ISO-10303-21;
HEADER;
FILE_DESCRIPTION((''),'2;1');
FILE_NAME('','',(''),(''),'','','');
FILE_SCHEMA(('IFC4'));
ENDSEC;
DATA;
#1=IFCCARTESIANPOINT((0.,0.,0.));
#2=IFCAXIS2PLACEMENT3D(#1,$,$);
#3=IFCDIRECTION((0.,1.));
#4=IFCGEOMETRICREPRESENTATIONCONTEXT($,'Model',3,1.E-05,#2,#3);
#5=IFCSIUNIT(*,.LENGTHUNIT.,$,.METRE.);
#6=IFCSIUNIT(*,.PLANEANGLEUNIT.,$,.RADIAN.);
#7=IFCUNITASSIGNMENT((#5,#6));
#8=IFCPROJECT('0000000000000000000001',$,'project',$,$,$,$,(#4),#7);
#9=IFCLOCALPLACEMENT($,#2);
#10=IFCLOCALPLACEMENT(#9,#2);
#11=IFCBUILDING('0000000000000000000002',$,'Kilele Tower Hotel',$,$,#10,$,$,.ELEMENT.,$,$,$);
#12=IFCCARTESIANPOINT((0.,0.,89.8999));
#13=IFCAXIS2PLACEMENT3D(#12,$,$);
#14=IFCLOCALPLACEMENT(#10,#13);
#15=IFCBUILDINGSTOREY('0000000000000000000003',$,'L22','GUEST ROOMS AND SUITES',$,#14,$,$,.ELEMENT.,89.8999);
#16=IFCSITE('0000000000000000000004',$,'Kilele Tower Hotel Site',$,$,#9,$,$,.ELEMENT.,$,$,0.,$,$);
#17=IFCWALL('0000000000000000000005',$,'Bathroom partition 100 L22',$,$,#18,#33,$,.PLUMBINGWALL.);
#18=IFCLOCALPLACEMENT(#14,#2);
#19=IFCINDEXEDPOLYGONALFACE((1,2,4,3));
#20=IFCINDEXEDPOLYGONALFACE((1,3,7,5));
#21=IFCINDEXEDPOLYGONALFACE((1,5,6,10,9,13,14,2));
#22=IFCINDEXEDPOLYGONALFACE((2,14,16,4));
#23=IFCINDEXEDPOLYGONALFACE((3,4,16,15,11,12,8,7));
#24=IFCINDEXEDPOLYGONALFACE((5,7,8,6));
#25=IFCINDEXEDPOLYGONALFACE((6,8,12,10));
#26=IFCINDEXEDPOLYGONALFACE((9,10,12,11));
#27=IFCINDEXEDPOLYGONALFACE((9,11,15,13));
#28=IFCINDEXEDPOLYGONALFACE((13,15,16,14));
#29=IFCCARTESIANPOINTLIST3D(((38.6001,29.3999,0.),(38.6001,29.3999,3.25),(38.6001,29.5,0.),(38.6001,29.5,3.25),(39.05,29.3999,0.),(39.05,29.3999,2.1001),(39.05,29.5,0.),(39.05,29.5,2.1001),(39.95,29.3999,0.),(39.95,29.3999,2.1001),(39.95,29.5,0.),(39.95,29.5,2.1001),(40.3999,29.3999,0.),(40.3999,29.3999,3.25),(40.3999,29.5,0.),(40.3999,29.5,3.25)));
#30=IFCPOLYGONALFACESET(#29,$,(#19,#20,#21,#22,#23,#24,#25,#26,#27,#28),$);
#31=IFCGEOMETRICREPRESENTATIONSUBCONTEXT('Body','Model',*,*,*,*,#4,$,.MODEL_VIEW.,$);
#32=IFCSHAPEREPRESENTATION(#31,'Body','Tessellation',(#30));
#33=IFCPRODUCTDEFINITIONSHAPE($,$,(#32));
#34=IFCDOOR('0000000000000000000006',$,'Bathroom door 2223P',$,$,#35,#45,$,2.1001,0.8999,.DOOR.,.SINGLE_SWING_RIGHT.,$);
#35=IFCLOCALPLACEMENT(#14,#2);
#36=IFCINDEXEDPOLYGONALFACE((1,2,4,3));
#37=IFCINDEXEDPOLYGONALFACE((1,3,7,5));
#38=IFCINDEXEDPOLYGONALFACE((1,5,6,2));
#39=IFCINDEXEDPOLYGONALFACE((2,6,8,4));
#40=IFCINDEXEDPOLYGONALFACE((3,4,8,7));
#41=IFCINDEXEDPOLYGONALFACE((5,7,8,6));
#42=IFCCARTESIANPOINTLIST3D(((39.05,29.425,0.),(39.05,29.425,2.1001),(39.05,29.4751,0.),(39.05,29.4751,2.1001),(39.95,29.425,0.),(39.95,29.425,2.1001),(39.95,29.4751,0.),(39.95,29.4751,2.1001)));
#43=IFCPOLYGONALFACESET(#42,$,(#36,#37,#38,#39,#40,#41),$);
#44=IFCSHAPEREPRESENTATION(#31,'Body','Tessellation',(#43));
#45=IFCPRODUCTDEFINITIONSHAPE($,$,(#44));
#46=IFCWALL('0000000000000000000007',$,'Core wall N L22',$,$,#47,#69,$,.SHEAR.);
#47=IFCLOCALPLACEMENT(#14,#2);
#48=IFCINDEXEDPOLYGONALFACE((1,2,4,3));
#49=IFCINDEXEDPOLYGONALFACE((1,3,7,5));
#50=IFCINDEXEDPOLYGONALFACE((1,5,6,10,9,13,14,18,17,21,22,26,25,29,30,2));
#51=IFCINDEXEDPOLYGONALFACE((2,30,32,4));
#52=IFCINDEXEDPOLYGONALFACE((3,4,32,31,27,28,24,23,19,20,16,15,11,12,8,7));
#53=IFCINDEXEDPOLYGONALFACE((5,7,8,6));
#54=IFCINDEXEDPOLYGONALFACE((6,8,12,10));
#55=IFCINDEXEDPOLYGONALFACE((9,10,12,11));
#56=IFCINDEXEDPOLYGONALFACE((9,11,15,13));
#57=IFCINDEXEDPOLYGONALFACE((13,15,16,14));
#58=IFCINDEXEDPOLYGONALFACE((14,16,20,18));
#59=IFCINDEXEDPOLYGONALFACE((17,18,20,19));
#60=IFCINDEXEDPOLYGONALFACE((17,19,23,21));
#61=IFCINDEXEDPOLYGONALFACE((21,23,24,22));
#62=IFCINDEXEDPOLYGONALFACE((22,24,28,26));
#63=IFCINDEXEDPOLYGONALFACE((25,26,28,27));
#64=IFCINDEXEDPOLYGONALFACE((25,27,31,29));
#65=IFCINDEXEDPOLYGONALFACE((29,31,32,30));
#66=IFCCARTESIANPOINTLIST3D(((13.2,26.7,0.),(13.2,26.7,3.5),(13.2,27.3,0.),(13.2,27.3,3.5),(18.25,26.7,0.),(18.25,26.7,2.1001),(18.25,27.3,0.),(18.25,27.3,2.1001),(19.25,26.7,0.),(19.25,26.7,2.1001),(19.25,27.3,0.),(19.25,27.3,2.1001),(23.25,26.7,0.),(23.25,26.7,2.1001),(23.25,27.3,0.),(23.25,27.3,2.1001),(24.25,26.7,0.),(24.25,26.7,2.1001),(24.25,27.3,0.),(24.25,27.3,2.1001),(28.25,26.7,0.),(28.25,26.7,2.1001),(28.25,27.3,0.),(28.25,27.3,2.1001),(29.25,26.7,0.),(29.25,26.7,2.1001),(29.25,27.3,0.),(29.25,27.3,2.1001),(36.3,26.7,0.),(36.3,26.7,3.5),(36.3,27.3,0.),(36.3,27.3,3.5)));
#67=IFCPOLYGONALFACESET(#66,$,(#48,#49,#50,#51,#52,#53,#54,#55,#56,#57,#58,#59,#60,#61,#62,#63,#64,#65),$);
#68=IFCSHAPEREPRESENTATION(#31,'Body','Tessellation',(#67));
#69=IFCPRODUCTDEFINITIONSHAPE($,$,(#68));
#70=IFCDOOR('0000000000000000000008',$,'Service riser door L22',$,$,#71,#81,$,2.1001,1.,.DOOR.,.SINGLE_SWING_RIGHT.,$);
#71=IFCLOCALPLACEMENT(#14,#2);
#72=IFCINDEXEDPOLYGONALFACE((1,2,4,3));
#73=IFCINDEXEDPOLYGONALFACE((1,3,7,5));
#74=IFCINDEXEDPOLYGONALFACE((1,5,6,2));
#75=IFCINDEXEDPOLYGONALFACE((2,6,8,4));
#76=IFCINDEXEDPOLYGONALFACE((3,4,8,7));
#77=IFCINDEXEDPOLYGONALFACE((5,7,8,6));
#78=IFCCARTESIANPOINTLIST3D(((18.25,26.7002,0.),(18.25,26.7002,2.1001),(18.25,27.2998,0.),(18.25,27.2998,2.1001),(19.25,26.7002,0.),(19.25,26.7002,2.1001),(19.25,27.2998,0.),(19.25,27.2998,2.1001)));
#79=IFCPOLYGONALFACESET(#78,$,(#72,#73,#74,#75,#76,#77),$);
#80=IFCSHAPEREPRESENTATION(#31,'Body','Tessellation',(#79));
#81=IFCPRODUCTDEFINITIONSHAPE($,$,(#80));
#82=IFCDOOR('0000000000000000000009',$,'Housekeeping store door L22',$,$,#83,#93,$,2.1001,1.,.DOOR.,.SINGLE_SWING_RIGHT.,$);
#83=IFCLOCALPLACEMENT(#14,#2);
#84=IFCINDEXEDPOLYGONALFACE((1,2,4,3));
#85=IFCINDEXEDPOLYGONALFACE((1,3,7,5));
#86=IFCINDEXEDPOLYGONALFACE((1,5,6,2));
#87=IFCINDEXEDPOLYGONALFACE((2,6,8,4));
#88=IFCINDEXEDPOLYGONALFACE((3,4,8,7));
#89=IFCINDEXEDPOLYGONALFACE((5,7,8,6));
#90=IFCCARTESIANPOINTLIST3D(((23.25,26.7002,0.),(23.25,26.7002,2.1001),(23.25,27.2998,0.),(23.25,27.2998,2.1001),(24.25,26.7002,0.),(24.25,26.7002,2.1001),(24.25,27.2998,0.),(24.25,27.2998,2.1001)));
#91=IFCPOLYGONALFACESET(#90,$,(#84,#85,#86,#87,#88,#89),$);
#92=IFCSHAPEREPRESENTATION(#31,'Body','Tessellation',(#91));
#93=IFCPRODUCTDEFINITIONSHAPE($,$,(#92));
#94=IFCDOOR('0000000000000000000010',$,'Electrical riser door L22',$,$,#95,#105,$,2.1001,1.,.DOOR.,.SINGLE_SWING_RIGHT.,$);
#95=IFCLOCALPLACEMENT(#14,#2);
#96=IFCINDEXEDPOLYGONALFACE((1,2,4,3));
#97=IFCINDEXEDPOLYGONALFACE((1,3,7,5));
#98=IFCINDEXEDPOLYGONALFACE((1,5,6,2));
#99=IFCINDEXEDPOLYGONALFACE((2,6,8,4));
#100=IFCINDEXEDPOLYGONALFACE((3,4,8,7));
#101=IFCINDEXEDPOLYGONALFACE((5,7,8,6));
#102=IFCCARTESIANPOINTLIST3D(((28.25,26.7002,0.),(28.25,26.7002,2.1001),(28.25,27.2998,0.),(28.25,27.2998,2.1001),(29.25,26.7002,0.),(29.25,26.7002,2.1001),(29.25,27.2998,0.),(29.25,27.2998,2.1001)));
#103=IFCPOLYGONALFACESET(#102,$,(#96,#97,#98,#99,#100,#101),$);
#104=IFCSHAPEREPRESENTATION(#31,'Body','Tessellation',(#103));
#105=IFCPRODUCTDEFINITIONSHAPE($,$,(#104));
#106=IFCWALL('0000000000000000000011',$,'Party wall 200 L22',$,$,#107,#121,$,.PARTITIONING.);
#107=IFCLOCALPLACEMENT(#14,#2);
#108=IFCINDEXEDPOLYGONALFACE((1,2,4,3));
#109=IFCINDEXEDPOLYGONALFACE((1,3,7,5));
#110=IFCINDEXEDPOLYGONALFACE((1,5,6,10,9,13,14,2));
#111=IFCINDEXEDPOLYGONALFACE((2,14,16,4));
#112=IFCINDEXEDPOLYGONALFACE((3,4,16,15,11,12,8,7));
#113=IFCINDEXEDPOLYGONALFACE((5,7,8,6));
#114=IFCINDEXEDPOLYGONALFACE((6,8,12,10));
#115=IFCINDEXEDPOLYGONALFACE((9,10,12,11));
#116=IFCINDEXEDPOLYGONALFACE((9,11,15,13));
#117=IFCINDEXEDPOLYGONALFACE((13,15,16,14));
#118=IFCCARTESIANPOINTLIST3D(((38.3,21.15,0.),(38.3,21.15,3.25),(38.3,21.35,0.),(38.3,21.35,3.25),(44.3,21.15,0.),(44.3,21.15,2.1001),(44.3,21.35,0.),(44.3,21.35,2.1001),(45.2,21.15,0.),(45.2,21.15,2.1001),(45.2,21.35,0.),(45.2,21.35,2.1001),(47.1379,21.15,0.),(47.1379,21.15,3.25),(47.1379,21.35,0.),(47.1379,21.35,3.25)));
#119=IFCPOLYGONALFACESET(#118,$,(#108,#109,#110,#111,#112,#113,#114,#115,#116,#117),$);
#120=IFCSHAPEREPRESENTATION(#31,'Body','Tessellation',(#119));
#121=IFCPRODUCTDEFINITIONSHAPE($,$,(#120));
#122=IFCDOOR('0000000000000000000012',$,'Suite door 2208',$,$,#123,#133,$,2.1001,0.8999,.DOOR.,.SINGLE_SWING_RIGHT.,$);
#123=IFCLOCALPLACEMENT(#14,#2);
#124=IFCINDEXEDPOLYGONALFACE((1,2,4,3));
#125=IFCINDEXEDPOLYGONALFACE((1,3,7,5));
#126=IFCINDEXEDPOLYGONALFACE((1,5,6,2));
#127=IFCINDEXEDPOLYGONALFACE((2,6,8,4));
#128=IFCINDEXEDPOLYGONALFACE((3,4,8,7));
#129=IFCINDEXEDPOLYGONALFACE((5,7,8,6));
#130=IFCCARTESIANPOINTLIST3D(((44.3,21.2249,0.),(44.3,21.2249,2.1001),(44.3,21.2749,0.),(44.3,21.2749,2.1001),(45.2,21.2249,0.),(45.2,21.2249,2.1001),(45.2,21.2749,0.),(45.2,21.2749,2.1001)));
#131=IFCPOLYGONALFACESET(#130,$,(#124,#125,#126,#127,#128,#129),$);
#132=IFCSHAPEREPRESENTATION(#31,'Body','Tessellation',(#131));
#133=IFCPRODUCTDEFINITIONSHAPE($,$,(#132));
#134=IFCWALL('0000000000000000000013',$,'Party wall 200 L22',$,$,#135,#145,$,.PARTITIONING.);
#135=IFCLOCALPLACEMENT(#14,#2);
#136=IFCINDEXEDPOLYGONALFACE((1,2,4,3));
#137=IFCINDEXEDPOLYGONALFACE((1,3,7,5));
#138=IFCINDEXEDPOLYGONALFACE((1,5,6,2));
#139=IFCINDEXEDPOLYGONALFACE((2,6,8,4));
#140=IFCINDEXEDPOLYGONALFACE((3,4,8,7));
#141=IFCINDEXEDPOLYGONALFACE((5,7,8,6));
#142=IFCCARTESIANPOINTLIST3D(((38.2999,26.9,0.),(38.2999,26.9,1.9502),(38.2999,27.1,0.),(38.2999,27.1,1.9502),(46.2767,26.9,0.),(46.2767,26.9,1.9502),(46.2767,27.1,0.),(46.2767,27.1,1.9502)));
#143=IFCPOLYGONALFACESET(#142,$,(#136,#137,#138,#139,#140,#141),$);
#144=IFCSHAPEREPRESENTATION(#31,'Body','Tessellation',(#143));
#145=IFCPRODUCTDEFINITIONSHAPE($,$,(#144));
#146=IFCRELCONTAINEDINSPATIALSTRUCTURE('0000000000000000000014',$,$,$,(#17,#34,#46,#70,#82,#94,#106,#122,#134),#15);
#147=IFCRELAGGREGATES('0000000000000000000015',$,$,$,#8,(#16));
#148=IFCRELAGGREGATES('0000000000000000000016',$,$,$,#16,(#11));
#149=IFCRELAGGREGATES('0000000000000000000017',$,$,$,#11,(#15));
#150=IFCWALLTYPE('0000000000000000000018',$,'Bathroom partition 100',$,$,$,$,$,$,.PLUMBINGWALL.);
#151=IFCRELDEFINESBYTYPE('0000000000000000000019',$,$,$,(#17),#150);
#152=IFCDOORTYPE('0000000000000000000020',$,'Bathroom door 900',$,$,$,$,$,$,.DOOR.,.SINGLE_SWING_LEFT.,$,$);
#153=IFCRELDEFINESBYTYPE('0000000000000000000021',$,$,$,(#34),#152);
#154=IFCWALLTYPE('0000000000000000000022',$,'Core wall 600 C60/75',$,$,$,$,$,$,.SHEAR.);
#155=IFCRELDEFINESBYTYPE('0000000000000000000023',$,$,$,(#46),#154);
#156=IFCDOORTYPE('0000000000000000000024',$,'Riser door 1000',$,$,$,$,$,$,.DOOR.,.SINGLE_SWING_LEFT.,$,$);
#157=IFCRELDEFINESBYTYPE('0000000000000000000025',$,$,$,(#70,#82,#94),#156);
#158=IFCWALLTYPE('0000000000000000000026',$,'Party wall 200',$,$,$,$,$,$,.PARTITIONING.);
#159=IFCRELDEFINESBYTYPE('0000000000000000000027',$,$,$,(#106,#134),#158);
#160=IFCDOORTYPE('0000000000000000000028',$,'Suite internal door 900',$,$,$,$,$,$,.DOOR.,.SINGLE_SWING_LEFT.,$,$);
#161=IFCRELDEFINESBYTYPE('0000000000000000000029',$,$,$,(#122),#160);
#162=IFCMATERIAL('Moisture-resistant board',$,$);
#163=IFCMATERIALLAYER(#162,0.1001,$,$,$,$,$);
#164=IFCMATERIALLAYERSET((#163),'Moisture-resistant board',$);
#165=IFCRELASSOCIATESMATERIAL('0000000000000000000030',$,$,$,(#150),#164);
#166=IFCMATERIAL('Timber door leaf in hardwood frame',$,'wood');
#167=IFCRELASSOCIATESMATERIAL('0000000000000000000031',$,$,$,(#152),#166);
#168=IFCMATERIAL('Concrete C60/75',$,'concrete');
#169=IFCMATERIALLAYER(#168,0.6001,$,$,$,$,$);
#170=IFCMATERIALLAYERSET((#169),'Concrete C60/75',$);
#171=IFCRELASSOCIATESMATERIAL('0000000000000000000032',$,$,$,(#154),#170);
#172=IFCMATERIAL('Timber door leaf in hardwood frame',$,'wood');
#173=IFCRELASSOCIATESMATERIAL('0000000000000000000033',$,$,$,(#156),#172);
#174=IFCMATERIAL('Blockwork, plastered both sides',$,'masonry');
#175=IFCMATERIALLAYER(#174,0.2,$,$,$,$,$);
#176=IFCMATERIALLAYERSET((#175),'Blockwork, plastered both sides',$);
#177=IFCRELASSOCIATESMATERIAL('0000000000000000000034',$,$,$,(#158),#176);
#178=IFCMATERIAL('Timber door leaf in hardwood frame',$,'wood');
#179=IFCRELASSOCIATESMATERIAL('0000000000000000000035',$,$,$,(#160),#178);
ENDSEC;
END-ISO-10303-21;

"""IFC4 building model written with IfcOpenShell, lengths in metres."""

from ifc_helpers import new_model, si_unit, direction, frame, frame_2d, origin, place, context, subcontext, project, spatial, rectangle, extrude, material, layer, layer_set, type_object, element, fill, save


model = new_model("IFC4")

# Units and contexts
model_context = context("Model", 3, precision=1e-05, world=origin(), true_north=direction((0.0, 1.0)))
body_context = subcontext(model_context, "Body", "Model", "MODEL_VIEW")
ifc_project = project(units=[si_unit("LENGTHUNIT", "METRE"), si_unit("PLANEANGLEUNIT", "RADIAN")], contexts=[model_context])

# Site, building, storey
site_placement = place(None, origin())
site = spatial("IfcSite", under=ifc_project, at=site_placement, Name="Kilele Tower Hotel Site", CompositionType="ELEMENT", RefElevation=0.0)
building_placement = place(site_placement, origin())
building = spatial("IfcBuilding", under=site, at=building_placement, Name="Kilele Tower Hotel", CompositionType="ELEMENT")
storey_placement = place(building_placement, frame((0.0, 0.0, 89.8999)))
storey = spatial("IfcBuildingStorey", under=building, at=storey_placement, Name="L22", Description="GUEST ROOMS AND SUITES", CompositionType="ELEMENT", Elevation=89.8999)

# Shared definitions
ifc_material_1 = material(Name="Moisture-resistant board")
ifc_layer_1 = layer(ifc_material_1, 0.1001)
ifc_layer_set_1 = layer_set([ifc_layer_1], Name="Moisture-resistant board")
wall_type_1 = type_object("IfcWallType", Name="Bathroom partition 100", PredefinedType="PLUMBINGWALL", material=ifc_layer_set_1)

# Shared definitions
ifc_material_2 = material(Name="Timber door leaf in hardwood frame", Category="wood")
door_type_1 = type_object("IfcDoorType", Name="Bathroom door 900", OperationType="SINGLE_SWING_LEFT", PredefinedType="DOOR", material=ifc_material_2)

# Wall, opening, door
wall_1_placement = place(storey_placement, frame((38.6001, 29.45, 0.0), z_axis=(0.0, 0.0, 1.0), x_axis=(1.0, 0.0, 0.0)))
wall_1 = element("IfcWall", 1, at=wall_1_placement, inside=storey, type_object=wall_type_1, Name="Bathroom partition 100 L22", PredefinedType="PLUMBINGWALL", context=body_context, shape_type="SweptSolid", body=[
    extrude(rectangle(XDim=1.7998, YDim=0.1001, at=frame_2d((0.8999, 0.0))), origin(), (0.0, 0.0, 1.0), 3.25),
])
opening_1_placement = place(wall_1_placement, frame((1.3499, 0.0, 0.0), z_axis=(0.0, 0.0, 1.0), x_axis=(-1.0, 0.0, 0.0)))
opening_1 = element("IfcOpeningElement", 2, at=opening_1_placement, cuts=wall_1, PredefinedType="OPENING", context=body_context, shape_type="SweptSolid", body=[
    extrude(rectangle(XDim=0.8999, YDim=2.1001, at=frame_2d((0.45, 1.05))), frame((0.0, 0.0601, 0.0), z_axis=(0.0, -1.0, 0.0), x_axis=(1.0, 0.0, 0.0)), (0.0, 0.0, 1.0), 0.1201),
])
door_1_placement = place(opening_1_placement, origin())
door_1 = element("IfcDoor", 3, at=door_1_placement, inside=storey, type_object=door_type_1, Name="Bathroom door 2223P", OperationType="SINGLE_SWING_RIGHT", OverallHeight=2.1001, OverallWidth=0.8999, PredefinedType="DOOR", context=body_context, shape_type="SweptSolid", body=[
    extrude(rectangle(XDim=0.8999, YDim=2.1001, at=frame_2d((0.45, 1.05))), frame((0.0, 0.0249, 0.0), z_axis=(0.0, -1.0, 0.0), x_axis=(1.0, 0.0, 0.0)), (0.0, 0.0, 1.0), 0.05),
])
fill(opening_1, door_1)

# Wall, openings, doors
ifc_material_3 = material(Name="Concrete C60/75", Category="concrete")
ifc_layer_2 = layer(ifc_material_3, 0.6001)
ifc_layer_set_2 = layer_set([ifc_layer_2], Name="Concrete C60/75")
wall_type_2 = type_object("IfcWallType", Name="Core wall 600 C60/75", PredefinedType="SHEAR", material=ifc_layer_set_2)
wall_2_placement = place(storey_placement, frame((36.3, 27.0, 0.0), z_axis=(0.0, 0.0, 1.0), x_axis=(-1.0, 0.0, 0.0)))
wall_2 = element("IfcWall", 4, at=wall_2_placement, inside=storey, type_object=wall_type_2, Name="Core wall N L22", PredefinedType="SHEAR", context=body_context, shape_type="SweptSolid", body=[
    extrude(rectangle(XDim=23.1001, YDim=0.6001, at=frame_2d((11.55, 0.0))), origin(), (0.0, 0.0, 1.0), 3.5),
])
opening_2_placement = place(wall_2_placement, frame((17.05, 0.0, 0.0)))
opening_2 = element("IfcOpeningElement", 5, at=opening_2_placement, cuts=wall_2, PredefinedType="OPENING", context=body_context, shape_type="SweptSolid", body=[
    extrude(rectangle(XDim=1.0, YDim=2.1001, at=frame_2d((0.5, 1.05))), frame((0.0, 0.3101, 0.0), z_axis=(0.0, -1.0, 0.0), x_axis=(1.0, 0.0, 0.0)), (0.0, 0.0, 1.0), 0.6201),
])
opening_3_placement = place(wall_2_placement, frame((12.05, 0.0, 0.0)))
opening_3 = element("IfcOpeningElement", 6, at=opening_3_placement, cuts=wall_2, PredefinedType="OPENING", context=body_context, shape_type="SweptSolid", body=[
    extrude(rectangle(XDim=1.0, YDim=2.1001, at=frame_2d((0.5, 1.05))), frame((0.0, 0.3101, 0.0), z_axis=(0.0, -1.0, 0.0), x_axis=(1.0, 0.0, 0.0)), (0.0, 0.0, 1.0), 0.6201),
])
opening_4_placement = place(wall_2_placement, frame((7.05, 0.0, 0.0)))
opening_4 = element("IfcOpeningElement", 7, at=opening_4_placement, cuts=wall_2, PredefinedType="OPENING", context=body_context, shape_type="SweptSolid", body=[
    extrude(rectangle(XDim=1.0, YDim=2.1001, at=frame_2d((0.5, 1.05))), frame((0.0, 0.3101, 0.0), z_axis=(0.0, -1.0, 0.0), x_axis=(1.0, 0.0, 0.0)), (0.0, 0.0, 1.0), 0.6201),
])
ifc_material_4 = material(Name="Timber door leaf in hardwood frame", Category="wood")
door_type_2 = type_object("IfcDoorType", Name="Riser door 1000", OperationType="SINGLE_SWING_LEFT", PredefinedType="DOOR", material=ifc_material_4)
door_2_placement = place(opening_2_placement, origin())
door_2 = element("IfcDoor", 8, at=door_2_placement, inside=storey, type_object=door_type_2, Name="Service riser door L22", OperationType="SINGLE_SWING_RIGHT", OverallHeight=2.1001, OverallWidth=1.0, PredefinedType="DOOR", context=body_context, shape_type="SweptSolid", body=[
    extrude(rectangle(XDim=1.0, YDim=2.1001, at=frame_2d((0.5, 1.05))), frame((0.0, 0.2998, 0.0), z_axis=(0.0, -1.0, 0.0), x_axis=(1.0, 0.0, 0.0)), (0.0, 0.0, 1.0), 0.5996),
])
fill(opening_2, door_2)
door_3_placement = place(opening_3_placement, origin())
door_3 = element("IfcDoor", 9, at=door_3_placement, inside=storey, type_object=door_type_2, Name="Housekeeping store door L22", OperationType="SINGLE_SWING_RIGHT", OverallHeight=2.1001, OverallWidth=1.0, PredefinedType="DOOR", context=body_context, shape_type="SweptSolid", body=[
    extrude(rectangle(XDim=1.0, YDim=2.1001, at=frame_2d((0.5, 1.05))), frame((0.0, 0.2998, 0.0), z_axis=(0.0, -1.0, 0.0), x_axis=(1.0, 0.0, 0.0)), (0.0, 0.0, 1.0), 0.5996),
])
fill(opening_3, door_3)
door_4_placement = place(opening_4_placement, origin())
door_4 = element("IfcDoor", 10, at=door_4_placement, inside=storey, type_object=door_type_2, Name="Electrical riser door L22", OperationType="SINGLE_SWING_RIGHT", OverallHeight=2.1001, OverallWidth=1.0, PredefinedType="DOOR", context=body_context, shape_type="SweptSolid", body=[
    extrude(rectangle(XDim=1.0, YDim=2.1001, at=frame_2d((0.5, 1.05))), frame((0.0, 0.2998, 0.0), z_axis=(0.0, -1.0, 0.0), x_axis=(1.0, 0.0, 0.0)), (0.0, 0.0, 1.0), 0.5996),
])
fill(opening_4, door_4)

# Wall, opening, door
ifc_material_5 = material(Name="Blockwork, plastered both sides", Category="masonry")
ifc_layer_3 = layer(ifc_material_5, 0.2)
ifc_layer_set_3 = layer_set([ifc_layer_3], Name="Blockwork, plastered both sides")
wall_type_3 = type_object("IfcWallType", Name="Party wall 200", PredefinedType="PARTITIONING", material=ifc_layer_set_3)
wall_3_placement = place(storey_placement, frame((38.3, 21.25, 0.0), z_axis=(0.0, 0.0, 1.0), x_axis=(1.0, 0.0, 0.0)))
wall_3 = element("IfcWall", 11, at=wall_3_placement, inside=storey, type_object=wall_type_3, Name="Party wall 200 L22", PredefinedType="PARTITIONING", context=body_context, shape_type="SweptSolid", body=[
    extrude(rectangle(XDim=8.8379, YDim=0.2, at=frame_2d((4.4189, 0.0))), origin(), (0.0, 0.0, 1.0), 3.25),
])
opening_5_placement = place(wall_3_placement, frame((6.0, 0.0, 0.0)))
opening_5 = element("IfcOpeningElement", 12, at=opening_5_placement, cuts=wall_3, PredefinedType="OPENING", context=body_context, shape_type="SweptSolid", body=[
    extrude(rectangle(XDim=0.8999, YDim=2.1001, at=frame_2d((0.45, 1.05))), frame((0.0, 0.1099, 0.0), z_axis=(0.0, -1.0, 0.0), x_axis=(1.0, 0.0, 0.0)), (0.0, 0.0, 1.0), 0.22),
])
ifc_material_6 = material(Name="Timber door leaf in hardwood frame", Category="wood")
door_type_3 = type_object("IfcDoorType", Name="Suite internal door 900", OperationType="SINGLE_SWING_LEFT", PredefinedType="DOOR", material=ifc_material_6)
door_5_placement = place(opening_5_placement, origin())
door_5 = element("IfcDoor", 13, at=door_5_placement, inside=storey, type_object=door_type_3, Name="Suite door 2208", OperationType="SINGLE_SWING_RIGHT", OverallHeight=2.1001, OverallWidth=0.8999, PredefinedType="DOOR", context=body_context, shape_type="SweptSolid", body=[
    extrude(rectangle(XDim=0.8999, YDim=2.1001, at=frame_2d((0.45, 1.05))), frame((0.0, 0.0249, 0.0), z_axis=(0.0, -1.0, 0.0), x_axis=(1.0, 0.0, 0.0)), (0.0, 0.0, 1.0), 0.05),
])
fill(opening_5, door_5)

# Wall
wall_4_placement = place(storey_placement, frame((38.3, 27.0, 0.0), z_axis=(0.0, 0.0, 1.0), x_axis=(1.0, 0.0, 0.0)))
element("IfcWall", 14, at=wall_4_placement, inside=storey, type_object=wall_type_3, Name="Party wall 200 L22", PredefinedType="PARTITIONING", context=body_context, shape_type="SweptSolid", body=[
    extrude(rectangle(XDim=7.9768, YDim=0.2, at=frame_2d((3.9883, 0.0))), origin(), (0.0, 0.0, 1.0), 1.9502),
])

save(model, "model.ifc")
